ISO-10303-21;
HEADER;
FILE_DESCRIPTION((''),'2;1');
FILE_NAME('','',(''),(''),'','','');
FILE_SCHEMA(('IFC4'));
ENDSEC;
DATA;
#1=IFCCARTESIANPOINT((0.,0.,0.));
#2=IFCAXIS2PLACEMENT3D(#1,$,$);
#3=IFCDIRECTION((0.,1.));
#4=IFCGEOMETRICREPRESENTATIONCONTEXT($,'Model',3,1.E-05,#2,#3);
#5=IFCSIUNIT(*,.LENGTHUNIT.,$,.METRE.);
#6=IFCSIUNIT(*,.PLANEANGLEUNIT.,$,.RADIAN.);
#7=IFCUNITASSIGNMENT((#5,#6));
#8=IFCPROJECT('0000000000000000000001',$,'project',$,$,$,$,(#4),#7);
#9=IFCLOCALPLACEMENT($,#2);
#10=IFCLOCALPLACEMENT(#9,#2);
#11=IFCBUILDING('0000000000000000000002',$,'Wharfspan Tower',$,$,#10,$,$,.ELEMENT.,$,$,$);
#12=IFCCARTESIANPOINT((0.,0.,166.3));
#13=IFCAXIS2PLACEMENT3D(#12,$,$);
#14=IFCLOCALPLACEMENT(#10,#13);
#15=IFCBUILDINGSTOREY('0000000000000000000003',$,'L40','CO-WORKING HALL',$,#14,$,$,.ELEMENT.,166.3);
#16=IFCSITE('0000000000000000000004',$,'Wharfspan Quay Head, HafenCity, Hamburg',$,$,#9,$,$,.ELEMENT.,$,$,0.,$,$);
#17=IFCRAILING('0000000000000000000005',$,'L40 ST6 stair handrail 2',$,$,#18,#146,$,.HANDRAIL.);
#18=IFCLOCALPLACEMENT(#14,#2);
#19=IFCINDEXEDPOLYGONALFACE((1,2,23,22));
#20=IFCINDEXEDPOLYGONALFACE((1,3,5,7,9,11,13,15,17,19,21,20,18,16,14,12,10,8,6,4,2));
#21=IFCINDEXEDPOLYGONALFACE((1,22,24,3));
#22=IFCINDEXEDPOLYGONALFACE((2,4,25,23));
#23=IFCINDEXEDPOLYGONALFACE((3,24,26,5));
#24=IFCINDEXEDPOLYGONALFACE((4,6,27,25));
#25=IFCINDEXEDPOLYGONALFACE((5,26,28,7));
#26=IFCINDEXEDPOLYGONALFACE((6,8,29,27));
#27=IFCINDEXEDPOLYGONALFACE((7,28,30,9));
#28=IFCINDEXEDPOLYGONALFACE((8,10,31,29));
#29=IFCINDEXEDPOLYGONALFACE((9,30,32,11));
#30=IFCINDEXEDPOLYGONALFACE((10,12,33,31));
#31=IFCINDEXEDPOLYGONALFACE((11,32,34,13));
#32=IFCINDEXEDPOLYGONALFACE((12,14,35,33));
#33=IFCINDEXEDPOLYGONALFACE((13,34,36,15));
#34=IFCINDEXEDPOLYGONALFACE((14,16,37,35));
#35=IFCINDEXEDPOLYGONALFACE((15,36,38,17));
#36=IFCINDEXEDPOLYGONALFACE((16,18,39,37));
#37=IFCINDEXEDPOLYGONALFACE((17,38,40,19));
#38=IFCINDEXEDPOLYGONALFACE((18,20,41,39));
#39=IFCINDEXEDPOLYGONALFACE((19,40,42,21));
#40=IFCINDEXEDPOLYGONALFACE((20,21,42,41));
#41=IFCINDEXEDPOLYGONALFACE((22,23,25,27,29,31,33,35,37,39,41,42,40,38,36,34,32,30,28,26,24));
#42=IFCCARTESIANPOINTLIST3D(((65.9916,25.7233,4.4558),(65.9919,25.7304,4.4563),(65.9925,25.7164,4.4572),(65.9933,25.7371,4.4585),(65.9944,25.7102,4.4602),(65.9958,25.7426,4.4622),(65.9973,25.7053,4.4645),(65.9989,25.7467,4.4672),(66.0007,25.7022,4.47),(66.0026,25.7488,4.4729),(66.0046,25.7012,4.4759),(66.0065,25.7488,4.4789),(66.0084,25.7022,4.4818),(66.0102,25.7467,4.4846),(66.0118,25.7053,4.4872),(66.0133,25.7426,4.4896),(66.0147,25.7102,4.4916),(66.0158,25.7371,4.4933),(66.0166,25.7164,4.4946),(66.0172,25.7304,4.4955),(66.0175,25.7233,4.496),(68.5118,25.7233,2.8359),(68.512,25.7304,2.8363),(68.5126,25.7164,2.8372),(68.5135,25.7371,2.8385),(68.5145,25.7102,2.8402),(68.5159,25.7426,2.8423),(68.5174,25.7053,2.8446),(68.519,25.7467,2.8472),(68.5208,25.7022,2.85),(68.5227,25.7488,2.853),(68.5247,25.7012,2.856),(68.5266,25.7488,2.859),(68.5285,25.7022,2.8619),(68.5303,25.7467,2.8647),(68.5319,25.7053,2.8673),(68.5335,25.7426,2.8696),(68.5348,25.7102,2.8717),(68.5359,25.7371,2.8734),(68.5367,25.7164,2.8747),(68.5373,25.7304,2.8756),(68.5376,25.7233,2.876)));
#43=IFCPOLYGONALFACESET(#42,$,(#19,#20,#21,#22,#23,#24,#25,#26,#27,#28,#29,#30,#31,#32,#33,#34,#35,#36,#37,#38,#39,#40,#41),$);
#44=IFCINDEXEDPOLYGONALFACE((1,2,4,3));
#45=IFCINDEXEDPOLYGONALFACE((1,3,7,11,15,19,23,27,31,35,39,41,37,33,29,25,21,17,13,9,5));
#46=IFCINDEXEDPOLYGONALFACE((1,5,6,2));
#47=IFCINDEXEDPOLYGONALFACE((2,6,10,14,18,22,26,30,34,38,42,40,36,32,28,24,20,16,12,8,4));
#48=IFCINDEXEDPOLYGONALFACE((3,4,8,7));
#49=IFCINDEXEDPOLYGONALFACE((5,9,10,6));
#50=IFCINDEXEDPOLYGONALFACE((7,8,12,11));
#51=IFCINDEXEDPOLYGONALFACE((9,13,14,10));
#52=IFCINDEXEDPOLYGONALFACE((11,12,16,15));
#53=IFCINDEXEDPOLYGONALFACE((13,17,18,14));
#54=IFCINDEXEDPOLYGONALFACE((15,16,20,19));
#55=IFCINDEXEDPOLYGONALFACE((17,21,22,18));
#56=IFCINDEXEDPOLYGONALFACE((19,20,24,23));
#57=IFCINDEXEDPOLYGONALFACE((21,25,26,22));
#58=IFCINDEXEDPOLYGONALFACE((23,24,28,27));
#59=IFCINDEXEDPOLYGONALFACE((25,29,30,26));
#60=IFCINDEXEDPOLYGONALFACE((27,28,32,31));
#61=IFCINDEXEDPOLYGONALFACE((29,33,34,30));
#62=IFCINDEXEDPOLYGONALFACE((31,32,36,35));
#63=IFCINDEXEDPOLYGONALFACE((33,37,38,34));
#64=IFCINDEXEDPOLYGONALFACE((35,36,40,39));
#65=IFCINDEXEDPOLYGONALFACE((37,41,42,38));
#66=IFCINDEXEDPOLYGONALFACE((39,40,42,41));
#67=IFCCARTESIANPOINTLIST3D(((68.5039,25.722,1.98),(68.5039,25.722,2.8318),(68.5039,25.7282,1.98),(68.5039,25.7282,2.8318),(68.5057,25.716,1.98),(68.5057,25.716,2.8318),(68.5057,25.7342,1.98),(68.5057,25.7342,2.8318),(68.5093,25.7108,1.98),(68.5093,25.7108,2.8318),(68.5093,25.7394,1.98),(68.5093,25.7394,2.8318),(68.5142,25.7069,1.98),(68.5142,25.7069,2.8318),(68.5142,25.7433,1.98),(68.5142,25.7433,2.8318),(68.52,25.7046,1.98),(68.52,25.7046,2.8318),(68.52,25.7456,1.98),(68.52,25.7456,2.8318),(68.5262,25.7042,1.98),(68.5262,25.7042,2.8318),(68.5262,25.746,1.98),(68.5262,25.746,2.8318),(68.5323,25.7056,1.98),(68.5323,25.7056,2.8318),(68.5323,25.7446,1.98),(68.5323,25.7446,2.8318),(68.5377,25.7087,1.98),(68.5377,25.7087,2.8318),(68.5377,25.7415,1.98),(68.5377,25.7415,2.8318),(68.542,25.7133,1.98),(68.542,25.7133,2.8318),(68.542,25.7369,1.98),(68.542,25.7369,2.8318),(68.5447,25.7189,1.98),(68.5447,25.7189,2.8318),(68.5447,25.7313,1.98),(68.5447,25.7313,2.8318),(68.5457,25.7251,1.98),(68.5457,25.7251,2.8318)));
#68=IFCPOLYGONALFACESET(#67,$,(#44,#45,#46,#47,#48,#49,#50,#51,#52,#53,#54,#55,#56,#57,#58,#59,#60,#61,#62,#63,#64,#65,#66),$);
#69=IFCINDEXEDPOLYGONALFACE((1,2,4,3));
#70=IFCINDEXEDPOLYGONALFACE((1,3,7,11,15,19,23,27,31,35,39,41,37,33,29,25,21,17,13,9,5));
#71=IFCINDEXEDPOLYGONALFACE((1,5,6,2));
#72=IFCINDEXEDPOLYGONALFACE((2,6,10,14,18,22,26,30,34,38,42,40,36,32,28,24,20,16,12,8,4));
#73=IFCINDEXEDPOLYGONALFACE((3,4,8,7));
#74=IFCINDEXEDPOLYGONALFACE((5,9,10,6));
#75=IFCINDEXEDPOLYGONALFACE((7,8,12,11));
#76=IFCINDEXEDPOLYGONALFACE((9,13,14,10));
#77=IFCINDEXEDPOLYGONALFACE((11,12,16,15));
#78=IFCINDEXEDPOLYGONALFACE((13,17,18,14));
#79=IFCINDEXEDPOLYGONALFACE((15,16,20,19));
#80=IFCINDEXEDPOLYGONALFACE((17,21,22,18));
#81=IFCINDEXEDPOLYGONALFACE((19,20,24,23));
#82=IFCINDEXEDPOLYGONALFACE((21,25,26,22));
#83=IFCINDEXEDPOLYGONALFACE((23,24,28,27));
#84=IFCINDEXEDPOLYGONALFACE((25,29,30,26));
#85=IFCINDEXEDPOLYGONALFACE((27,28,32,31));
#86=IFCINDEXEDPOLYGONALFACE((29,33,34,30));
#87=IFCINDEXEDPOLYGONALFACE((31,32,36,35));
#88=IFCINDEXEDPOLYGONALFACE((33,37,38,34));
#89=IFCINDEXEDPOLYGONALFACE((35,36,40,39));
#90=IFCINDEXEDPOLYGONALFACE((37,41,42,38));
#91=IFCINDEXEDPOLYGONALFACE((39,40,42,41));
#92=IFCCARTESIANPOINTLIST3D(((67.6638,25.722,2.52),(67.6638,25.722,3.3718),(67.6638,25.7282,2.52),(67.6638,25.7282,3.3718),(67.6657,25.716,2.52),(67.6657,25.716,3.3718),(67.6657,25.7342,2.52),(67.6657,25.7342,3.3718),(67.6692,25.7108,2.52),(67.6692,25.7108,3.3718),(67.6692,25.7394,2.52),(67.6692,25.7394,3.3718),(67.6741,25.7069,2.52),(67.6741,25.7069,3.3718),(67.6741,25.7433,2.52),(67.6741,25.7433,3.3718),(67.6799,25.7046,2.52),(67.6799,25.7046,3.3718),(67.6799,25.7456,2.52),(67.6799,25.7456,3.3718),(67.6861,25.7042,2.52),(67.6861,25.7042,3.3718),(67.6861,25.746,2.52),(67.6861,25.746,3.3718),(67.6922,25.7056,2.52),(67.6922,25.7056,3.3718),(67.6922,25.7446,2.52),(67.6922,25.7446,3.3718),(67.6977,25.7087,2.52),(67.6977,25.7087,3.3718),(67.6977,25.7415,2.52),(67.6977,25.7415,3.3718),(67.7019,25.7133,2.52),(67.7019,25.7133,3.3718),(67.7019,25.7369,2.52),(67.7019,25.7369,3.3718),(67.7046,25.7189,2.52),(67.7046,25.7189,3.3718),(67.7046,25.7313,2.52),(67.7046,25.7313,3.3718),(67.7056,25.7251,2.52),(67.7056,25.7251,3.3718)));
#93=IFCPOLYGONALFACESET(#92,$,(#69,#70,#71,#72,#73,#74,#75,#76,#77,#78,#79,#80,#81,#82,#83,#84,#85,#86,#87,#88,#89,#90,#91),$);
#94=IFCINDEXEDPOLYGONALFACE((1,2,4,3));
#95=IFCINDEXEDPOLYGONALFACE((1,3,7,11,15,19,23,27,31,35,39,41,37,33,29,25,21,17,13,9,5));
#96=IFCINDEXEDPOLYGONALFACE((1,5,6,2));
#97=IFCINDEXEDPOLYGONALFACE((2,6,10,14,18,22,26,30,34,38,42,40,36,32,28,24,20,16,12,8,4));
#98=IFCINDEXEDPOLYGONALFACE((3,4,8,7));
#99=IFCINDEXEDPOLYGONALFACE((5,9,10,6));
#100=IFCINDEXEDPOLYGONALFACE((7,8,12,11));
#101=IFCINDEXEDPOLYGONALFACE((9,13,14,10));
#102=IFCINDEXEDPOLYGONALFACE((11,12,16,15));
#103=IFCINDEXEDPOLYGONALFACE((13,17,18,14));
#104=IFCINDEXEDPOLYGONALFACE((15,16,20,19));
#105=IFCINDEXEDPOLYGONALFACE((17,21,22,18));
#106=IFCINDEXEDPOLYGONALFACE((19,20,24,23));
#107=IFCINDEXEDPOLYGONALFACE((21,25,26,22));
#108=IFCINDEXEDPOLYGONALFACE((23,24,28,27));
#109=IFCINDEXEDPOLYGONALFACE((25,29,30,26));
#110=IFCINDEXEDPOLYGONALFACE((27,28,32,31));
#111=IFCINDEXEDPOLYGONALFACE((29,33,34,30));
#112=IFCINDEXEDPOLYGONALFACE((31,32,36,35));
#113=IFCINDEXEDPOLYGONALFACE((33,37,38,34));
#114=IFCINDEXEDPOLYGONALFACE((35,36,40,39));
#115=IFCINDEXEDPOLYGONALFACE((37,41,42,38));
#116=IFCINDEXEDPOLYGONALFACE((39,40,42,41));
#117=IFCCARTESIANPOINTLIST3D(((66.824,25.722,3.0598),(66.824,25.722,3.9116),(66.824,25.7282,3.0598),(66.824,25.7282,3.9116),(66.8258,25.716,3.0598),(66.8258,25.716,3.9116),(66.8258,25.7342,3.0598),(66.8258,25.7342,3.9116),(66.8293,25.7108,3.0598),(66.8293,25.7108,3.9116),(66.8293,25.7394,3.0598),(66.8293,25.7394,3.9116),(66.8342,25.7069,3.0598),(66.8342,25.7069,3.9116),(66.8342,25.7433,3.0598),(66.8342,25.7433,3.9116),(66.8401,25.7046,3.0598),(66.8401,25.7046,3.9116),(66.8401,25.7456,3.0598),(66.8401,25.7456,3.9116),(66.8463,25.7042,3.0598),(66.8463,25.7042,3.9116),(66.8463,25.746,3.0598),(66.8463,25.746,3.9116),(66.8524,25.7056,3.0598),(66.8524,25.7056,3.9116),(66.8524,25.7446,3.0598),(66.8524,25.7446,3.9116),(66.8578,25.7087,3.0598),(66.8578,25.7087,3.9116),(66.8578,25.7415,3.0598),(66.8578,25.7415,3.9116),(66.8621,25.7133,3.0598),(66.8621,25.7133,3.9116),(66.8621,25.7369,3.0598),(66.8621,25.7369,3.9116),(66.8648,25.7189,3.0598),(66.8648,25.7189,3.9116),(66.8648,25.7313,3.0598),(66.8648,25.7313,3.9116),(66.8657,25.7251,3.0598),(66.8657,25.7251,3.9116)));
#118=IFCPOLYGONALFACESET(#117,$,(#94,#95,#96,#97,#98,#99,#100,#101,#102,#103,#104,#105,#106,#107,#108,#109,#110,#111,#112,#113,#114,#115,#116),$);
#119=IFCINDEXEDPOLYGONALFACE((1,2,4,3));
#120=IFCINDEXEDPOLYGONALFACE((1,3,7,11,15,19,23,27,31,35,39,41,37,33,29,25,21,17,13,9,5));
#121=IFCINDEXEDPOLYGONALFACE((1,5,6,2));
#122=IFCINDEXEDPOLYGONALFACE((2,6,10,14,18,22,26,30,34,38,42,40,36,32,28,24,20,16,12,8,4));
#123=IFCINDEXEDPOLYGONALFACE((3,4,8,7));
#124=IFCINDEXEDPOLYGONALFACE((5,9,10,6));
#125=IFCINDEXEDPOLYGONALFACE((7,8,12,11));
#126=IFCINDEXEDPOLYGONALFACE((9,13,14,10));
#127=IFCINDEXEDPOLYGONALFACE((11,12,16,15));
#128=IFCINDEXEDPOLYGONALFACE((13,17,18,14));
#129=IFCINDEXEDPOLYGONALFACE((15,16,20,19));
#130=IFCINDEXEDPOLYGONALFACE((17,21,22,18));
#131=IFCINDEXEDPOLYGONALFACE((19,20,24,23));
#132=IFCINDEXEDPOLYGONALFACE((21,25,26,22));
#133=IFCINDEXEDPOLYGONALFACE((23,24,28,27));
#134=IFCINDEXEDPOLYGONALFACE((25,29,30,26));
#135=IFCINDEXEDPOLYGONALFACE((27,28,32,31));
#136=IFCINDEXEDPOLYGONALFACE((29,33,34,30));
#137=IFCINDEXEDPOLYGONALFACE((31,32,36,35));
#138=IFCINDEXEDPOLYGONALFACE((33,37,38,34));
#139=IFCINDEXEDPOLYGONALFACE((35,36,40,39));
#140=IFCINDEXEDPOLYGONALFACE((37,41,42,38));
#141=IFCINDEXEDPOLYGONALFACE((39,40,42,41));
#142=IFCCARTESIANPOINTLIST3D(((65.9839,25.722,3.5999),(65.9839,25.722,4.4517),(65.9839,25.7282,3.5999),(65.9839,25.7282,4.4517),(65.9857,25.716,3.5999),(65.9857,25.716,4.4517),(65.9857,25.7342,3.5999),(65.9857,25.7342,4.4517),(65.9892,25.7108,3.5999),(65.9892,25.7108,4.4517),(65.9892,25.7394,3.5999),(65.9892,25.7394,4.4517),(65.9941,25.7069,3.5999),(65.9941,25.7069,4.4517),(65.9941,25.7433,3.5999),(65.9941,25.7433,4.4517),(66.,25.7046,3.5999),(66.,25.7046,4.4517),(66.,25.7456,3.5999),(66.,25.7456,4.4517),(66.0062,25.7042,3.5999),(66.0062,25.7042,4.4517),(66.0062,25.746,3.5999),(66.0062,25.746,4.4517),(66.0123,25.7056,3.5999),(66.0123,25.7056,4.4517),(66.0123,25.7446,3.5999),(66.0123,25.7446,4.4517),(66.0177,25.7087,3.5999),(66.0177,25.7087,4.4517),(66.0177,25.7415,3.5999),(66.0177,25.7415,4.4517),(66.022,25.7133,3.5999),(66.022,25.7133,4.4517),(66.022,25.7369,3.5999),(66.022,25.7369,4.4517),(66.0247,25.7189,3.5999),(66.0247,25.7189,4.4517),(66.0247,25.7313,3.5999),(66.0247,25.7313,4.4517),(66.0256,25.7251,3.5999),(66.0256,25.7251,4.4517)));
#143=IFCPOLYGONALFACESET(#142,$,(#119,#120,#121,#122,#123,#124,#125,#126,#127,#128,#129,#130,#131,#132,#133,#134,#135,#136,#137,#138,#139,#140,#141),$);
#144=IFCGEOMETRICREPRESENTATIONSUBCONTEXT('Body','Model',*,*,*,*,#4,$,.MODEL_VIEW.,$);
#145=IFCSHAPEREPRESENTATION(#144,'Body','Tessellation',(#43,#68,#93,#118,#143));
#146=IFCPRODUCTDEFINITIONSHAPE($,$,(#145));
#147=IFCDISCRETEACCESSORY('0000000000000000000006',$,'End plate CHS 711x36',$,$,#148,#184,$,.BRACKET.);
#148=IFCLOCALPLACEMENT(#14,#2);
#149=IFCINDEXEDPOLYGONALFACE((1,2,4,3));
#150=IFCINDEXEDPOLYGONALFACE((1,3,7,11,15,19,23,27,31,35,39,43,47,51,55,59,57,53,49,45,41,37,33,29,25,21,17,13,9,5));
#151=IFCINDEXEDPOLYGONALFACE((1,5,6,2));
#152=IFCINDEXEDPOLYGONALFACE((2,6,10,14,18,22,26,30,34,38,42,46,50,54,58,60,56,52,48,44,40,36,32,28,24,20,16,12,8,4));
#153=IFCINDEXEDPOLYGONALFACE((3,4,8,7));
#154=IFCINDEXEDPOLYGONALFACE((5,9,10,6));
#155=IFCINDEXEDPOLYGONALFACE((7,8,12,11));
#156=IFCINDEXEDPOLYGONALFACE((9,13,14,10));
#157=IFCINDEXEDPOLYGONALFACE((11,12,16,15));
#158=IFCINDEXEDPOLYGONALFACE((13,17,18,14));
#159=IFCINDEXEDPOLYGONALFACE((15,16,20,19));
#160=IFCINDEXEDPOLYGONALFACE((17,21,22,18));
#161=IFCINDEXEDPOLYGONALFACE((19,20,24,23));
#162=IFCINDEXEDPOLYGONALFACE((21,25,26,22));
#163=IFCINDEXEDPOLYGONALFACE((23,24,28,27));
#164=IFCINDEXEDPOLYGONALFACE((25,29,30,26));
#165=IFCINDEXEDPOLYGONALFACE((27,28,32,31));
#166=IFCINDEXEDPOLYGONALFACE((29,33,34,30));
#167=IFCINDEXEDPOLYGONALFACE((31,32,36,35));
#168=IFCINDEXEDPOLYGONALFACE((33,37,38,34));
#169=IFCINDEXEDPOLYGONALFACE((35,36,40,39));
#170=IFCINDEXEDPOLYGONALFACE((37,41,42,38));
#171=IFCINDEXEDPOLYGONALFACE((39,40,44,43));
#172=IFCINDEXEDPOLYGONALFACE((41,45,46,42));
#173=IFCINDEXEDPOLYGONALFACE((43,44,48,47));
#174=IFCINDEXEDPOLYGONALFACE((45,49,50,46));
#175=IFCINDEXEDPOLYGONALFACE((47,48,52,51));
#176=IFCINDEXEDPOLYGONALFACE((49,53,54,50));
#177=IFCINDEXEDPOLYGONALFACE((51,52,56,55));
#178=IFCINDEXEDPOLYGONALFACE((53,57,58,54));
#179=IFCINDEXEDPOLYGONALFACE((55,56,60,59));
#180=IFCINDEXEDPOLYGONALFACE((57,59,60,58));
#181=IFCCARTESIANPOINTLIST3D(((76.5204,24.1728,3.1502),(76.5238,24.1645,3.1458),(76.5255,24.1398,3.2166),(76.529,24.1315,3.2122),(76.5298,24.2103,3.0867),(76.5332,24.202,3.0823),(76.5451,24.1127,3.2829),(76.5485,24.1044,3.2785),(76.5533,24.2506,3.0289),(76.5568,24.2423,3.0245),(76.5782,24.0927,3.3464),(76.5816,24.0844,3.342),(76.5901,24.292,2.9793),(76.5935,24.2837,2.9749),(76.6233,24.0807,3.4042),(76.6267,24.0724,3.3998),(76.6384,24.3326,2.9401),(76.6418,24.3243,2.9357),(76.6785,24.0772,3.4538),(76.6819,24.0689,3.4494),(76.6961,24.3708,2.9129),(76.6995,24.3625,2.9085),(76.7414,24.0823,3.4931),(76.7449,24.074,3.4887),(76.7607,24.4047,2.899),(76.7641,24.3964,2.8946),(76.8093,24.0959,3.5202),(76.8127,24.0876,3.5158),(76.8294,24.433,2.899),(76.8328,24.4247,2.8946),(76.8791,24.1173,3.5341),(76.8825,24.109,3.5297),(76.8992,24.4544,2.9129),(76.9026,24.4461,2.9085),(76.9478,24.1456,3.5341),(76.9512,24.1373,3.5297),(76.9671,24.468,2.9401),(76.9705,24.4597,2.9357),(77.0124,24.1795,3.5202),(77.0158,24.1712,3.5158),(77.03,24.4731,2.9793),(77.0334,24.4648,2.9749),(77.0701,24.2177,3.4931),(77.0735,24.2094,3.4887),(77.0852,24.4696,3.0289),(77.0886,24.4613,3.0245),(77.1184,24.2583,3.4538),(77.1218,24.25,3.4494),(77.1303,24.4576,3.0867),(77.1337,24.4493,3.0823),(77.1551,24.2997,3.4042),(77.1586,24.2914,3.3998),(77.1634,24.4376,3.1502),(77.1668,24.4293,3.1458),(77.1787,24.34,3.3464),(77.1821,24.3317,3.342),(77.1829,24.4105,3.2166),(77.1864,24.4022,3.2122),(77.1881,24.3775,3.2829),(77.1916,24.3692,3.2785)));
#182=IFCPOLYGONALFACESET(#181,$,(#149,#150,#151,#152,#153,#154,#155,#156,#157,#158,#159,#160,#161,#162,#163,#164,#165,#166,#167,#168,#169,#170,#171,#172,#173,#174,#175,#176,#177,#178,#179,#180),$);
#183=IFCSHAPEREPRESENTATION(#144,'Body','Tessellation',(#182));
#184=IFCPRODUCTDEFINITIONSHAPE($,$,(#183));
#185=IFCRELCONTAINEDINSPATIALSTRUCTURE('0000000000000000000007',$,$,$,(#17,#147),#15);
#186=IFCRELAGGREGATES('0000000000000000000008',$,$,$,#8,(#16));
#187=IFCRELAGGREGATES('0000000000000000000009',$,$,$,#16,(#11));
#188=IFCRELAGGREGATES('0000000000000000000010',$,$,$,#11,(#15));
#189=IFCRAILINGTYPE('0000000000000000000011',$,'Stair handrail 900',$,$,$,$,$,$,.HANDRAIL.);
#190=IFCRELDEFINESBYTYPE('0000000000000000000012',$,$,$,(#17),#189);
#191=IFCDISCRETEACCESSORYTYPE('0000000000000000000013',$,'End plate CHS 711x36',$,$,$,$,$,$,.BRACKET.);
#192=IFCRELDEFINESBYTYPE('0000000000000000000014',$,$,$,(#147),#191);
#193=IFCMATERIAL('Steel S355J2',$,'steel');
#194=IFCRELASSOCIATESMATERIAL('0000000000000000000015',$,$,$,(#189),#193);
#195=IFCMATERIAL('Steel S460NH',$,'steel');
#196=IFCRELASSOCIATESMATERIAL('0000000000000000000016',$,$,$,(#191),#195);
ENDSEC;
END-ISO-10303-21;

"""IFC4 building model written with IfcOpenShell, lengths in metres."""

from ifc_helpers import new_model, si_unit, direction, frame, origin, origin_2d, place, context, subcontext, project, spatial, circle, extrude, material, material_profile, profile_set, type_object, element, save


model = new_model("IFC4")

# Units and contexts
model_context = context("Model", 3, precision=1e-05, world=origin(), true_north=direction((0.0, 1.0)))
body_context = subcontext(model_context, "Body", "Model", "MODEL_VIEW")
ifc_project = project(units=[si_unit("LENGTHUNIT", "METRE"), si_unit("PLANEANGLEUNIT", "RADIAN")], contexts=[model_context])

# Site, building, storey
site_placement = place(None, origin())
site = spatial("IfcSite", under=ifc_project, at=site_placement, Name="Wharfspan Quay Head, HafenCity, Hamburg", CompositionType="ELEMENT", RefElevation=0.0)
building_placement = place(site_placement, origin())
building = spatial("IfcBuilding", under=site, at=building_placement, Name="Wharfspan Tower", CompositionType="ELEMENT")
storey_placement = place(building_placement, frame((0.0, 0.0, 166.3)))
storey = spatial("IfcBuildingStorey", under=building, at=storey_placement, Name="L40", Description="CO-WORKING HALL", CompositionType="ELEMENT", Elevation=166.3)

# Shared definitions
ifc_material_1 = material(Name="Steel S460NH", Category="steel")

# Railing
ifc_material_2 = material(Name="Steel S355J2", Category="steel")
railing_type_1 = type_object("IfcRailingType", Name="Stair handrail 900", PredefinedType="HANDRAIL", material=ifc_material_2)
railing_1_placement = place(storey_placement, frame((68.5247, 25.7251, 1.98)))
element("IfcRailing", 1, at=railing_1_placement, inside=storey, type_object=railing_type_1, Name="L40 ST6 stair handrail 2", PredefinedType="HANDRAIL", context=body_context, shape_type="SweptSolid", body=[
    extrude(circle(Radius=0.0239, at=origin_2d()), frame((0.0, 0.0, 0.876), z_axis=(-0.8412, 0.0, 0.540725), x_axis=(0.0, -1.0, 0.0)), (0.0, 0.0, 1.0), 2.9958),
    extrude(circle(Radius=0.021, at=origin_2d()), origin(), (0.0, 0.0, 1.0), 0.8518),
    extrude(circle(Radius=0.021, at=origin_2d()), frame((-0.8401, 0.0, 0.54)), (0.0, 0.0, 1.0), 0.8518),
    extrude(circle(Radius=0.021, at=origin_2d()), frame((-1.6799, 0.0, 1.0798)), (0.0, 0.0, 1.0), 0.8518),
    extrude(circle(Radius=0.021, at=origin_2d()), frame((-2.52, 0.0, 1.6199)), (0.0, 0.0, 1.0), 0.8518),
])

# Discrete accessory
ifc_material_profile_1 = material_profile(ifc_material_1, circle(Radius=0.3555, at=origin_2d()))
ifc_profile_set_1 = profile_set([ifc_material_profile_1], Name="Steel S460NH")
discrete_accessory_type = type_object("IfcDiscreteAccessoryType", Name="End plate CHS 711x36", PredefinedType="BRACKET", material=ifc_profile_set_1)
for number, where, z_axis, x_axis, name in (
    (2, (76.8577, 24.2668, 3.2122), (-0.341972, 0.830504, 0.439679), (-0.924678, -0.380749, -0.000001), "End plate CHS 711x36"),
):
    element("IfcDiscreteAccessory", number, at=place(storey_placement, frame(where, z_axis=z_axis, x_axis=x_axis)), inside=storey, type_object=discrete_accessory_type, Name=name, PredefinedType="BRACKET", context=body_context, shape_type="SweptSolid", body=[
        extrude(circle(Radius=0.3555, at=origin_2d()), origin(), (0.0, 0.0, 1.0), 0.01),
    ])

save(model, "model.ifc")
